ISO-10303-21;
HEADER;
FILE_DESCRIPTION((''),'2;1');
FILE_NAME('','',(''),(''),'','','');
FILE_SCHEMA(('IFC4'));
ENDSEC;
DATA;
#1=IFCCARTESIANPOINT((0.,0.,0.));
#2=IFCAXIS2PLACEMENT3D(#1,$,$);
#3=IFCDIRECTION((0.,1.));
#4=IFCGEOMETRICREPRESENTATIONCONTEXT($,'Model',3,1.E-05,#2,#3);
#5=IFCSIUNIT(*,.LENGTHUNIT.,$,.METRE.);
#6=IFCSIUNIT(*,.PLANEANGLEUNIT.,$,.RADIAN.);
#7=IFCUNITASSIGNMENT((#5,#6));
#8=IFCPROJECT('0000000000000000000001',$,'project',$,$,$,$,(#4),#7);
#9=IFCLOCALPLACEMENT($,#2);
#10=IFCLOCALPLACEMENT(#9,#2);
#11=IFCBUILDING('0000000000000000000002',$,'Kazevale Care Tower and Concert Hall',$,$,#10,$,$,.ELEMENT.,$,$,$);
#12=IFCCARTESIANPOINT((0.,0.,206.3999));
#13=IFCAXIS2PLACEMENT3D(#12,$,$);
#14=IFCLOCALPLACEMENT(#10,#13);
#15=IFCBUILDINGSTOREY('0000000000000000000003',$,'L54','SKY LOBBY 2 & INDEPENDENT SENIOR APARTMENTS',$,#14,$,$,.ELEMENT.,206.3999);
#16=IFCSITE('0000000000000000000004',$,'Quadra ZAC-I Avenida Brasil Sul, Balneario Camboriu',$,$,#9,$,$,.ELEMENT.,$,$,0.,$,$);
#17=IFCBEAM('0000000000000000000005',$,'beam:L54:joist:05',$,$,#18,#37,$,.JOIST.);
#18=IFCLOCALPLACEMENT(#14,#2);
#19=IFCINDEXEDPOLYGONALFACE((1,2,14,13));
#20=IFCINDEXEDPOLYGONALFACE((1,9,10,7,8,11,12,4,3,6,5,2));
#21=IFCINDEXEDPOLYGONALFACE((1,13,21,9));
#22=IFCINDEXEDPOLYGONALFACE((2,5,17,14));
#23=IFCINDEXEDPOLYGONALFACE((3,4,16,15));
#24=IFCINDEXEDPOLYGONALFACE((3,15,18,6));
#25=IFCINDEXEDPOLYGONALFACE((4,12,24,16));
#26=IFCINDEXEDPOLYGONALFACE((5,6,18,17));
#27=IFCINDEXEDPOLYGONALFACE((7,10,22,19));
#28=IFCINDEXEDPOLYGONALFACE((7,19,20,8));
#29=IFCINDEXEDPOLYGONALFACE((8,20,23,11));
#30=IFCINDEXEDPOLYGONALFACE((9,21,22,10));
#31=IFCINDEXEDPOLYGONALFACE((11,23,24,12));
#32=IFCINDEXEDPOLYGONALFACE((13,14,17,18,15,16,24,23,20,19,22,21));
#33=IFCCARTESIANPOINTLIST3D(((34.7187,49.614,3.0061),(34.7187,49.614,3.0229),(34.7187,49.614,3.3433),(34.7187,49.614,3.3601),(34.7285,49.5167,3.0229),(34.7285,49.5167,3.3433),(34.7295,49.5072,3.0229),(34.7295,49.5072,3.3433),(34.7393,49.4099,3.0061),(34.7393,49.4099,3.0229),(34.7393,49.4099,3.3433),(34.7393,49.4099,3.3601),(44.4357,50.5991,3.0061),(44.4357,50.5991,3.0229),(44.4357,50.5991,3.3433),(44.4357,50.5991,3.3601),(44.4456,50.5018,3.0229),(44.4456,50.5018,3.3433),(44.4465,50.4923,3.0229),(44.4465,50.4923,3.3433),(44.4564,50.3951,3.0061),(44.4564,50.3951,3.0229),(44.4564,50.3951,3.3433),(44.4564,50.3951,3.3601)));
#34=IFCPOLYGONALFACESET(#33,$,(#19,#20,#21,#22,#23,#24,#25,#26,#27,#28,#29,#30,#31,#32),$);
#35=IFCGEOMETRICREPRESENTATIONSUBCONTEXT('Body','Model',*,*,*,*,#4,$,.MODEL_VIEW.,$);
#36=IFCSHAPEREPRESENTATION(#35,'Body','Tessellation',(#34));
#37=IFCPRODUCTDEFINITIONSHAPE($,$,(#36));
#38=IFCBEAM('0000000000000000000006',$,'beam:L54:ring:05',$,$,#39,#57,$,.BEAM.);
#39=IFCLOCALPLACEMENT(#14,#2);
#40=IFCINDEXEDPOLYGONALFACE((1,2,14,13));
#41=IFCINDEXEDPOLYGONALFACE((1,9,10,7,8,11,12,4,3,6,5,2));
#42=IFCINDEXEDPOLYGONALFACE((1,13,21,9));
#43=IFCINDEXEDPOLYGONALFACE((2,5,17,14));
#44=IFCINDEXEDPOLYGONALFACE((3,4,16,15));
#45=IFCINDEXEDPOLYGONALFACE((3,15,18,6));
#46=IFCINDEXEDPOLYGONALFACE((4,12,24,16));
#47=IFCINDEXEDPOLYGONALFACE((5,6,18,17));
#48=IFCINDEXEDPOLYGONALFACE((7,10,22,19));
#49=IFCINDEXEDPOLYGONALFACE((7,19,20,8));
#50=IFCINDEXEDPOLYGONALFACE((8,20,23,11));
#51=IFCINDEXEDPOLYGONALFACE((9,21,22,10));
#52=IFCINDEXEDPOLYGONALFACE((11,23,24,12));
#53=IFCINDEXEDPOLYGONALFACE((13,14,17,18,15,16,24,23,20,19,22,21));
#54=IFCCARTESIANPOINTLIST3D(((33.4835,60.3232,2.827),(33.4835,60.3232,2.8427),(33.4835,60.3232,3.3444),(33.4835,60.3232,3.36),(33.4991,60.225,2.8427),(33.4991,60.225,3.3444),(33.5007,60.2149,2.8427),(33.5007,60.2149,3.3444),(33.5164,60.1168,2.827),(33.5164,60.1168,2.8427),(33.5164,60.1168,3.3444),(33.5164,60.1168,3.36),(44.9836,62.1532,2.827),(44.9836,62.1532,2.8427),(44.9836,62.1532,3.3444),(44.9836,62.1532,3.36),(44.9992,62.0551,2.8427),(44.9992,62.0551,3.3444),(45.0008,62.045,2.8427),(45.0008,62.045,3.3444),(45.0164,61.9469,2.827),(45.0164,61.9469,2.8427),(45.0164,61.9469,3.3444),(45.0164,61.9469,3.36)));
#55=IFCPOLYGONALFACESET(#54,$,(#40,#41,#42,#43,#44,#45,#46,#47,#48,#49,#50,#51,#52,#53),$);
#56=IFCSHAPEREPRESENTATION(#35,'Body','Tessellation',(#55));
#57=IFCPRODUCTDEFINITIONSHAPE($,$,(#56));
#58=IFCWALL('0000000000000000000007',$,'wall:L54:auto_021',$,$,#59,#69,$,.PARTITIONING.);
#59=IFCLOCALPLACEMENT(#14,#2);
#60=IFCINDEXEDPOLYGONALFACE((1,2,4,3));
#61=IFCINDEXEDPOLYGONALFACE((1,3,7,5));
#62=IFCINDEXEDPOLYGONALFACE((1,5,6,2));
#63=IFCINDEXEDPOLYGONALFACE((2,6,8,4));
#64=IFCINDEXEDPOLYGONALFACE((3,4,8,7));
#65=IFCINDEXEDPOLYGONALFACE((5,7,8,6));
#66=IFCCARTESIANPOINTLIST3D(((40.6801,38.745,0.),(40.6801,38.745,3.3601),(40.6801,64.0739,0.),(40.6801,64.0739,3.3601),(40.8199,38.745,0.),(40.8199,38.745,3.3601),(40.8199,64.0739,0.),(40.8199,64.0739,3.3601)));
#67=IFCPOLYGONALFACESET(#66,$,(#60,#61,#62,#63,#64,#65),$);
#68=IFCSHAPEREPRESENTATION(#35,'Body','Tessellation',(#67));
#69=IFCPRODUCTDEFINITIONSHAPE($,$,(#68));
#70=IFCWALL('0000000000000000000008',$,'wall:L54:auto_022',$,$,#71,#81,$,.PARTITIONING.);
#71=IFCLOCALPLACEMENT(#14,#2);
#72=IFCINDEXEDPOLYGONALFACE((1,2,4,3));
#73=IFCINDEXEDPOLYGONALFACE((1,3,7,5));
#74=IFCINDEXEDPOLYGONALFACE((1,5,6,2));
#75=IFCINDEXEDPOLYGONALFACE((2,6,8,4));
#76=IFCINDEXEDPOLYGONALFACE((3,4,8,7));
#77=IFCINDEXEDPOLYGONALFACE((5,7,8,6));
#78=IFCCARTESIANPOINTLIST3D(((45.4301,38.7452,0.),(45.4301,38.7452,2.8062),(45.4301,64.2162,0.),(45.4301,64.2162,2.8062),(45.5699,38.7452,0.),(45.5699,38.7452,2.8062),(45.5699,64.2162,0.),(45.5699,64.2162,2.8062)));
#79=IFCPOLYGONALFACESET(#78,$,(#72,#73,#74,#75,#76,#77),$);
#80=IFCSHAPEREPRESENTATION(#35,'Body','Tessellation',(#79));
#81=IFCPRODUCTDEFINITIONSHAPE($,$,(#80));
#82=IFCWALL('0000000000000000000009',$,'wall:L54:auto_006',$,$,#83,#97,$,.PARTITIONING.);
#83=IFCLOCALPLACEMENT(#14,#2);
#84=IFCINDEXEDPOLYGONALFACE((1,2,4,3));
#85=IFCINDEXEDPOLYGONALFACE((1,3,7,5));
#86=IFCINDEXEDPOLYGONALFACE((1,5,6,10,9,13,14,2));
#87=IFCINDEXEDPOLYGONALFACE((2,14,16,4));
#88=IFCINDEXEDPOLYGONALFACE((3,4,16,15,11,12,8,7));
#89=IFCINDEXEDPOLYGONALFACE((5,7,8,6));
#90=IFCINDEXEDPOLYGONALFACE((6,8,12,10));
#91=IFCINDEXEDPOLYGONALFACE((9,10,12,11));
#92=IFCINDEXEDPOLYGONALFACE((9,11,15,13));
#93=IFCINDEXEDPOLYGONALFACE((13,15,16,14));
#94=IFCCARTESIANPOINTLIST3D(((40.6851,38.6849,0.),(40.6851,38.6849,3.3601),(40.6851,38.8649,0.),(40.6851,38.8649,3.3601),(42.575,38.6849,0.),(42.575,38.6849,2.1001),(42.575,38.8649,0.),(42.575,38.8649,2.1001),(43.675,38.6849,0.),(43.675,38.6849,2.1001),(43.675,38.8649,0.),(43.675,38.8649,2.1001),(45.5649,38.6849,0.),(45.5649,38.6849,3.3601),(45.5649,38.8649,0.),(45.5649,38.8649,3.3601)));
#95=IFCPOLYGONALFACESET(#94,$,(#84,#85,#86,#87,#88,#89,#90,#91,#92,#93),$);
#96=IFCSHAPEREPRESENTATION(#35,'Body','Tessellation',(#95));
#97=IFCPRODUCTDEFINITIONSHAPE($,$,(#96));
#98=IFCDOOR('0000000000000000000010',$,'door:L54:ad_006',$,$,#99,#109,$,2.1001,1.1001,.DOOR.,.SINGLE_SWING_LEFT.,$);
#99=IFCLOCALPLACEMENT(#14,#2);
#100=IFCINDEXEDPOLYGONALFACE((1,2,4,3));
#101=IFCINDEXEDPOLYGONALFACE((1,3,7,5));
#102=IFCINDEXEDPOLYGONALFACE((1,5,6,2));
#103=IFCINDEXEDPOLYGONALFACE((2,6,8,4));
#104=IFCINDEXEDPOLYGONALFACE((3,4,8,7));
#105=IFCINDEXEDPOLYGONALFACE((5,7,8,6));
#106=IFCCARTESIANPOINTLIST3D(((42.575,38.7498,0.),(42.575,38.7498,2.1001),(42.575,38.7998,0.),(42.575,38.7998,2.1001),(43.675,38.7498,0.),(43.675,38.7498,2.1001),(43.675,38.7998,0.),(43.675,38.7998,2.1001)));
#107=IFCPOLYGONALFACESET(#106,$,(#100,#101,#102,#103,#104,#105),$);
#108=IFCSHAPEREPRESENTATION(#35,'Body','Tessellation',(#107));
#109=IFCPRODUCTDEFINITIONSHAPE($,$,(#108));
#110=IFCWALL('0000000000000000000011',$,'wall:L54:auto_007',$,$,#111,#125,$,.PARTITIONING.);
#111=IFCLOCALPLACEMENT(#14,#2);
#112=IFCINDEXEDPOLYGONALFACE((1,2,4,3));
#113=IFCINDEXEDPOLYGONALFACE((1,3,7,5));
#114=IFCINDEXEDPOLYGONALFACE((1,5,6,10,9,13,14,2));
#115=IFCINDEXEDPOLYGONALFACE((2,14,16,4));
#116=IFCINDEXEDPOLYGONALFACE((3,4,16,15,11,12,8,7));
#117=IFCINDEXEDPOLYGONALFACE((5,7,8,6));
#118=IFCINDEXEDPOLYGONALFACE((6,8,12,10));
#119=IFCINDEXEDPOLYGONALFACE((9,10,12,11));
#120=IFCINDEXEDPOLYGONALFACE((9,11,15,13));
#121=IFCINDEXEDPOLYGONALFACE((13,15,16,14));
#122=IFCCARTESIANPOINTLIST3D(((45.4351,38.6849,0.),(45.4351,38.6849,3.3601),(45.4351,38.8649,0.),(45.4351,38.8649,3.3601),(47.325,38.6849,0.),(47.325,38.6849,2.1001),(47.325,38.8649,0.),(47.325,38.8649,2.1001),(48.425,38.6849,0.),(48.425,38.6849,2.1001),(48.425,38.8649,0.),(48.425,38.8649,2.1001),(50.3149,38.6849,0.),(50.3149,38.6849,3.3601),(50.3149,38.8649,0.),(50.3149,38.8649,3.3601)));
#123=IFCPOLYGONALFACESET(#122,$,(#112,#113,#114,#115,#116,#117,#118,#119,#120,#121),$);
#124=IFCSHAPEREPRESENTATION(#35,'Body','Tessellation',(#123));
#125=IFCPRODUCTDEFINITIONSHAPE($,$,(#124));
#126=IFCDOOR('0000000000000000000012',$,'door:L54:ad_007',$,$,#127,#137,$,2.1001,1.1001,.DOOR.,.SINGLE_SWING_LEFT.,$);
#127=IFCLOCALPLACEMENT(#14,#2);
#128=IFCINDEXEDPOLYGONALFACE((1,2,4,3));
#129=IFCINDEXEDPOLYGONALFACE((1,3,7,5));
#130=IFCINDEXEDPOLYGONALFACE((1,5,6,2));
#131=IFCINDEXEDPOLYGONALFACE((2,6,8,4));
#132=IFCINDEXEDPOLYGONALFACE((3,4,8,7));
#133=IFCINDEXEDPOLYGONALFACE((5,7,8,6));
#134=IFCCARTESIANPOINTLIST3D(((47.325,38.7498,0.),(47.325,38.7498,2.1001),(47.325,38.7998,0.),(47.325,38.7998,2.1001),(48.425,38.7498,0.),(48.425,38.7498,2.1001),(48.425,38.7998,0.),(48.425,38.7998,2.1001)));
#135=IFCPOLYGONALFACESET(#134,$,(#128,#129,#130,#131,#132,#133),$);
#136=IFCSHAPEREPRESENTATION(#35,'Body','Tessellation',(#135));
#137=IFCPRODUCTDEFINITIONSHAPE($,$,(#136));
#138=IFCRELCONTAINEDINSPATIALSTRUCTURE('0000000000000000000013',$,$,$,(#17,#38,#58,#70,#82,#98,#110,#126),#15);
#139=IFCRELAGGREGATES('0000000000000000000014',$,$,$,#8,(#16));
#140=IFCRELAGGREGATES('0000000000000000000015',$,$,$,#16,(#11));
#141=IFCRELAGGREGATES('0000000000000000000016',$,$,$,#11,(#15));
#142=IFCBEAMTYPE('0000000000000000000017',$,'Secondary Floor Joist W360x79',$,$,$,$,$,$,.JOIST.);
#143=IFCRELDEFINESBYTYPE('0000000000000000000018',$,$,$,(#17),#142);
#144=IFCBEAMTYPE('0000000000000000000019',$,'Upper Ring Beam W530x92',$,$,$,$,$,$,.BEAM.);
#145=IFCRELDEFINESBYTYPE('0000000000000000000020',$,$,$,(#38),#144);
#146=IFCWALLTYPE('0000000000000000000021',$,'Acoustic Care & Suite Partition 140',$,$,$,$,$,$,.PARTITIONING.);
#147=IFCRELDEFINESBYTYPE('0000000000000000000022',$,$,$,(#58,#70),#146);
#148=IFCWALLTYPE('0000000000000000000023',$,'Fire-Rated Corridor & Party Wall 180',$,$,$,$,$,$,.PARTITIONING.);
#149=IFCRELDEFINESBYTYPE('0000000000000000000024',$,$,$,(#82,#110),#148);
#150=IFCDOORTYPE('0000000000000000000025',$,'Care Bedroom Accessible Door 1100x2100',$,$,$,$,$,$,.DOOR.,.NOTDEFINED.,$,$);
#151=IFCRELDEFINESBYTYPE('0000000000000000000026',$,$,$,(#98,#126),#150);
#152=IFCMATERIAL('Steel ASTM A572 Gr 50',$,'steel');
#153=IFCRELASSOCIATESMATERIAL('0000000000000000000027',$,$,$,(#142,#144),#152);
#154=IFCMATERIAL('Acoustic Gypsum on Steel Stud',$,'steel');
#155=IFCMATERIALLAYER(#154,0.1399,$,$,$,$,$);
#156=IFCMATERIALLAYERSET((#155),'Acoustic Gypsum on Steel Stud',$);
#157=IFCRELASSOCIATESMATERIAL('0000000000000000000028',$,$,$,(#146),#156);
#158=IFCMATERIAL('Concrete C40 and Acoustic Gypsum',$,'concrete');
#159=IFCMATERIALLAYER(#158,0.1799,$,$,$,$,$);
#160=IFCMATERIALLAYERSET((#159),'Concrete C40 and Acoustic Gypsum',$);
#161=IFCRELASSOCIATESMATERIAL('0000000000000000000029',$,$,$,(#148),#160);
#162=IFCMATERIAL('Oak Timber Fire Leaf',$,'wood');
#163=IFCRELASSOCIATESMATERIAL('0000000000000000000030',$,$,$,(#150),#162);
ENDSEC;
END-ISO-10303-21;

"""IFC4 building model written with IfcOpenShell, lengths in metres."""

from ifc_helpers import new_model, si_unit, direction, frame, frame_2d, origin, origin_2d, place, context, subcontext, project, spatial, rectangle, i_section, extrude, material, layer, layer_set, material_profile, profile_set, type_object, element, fill, save


model = new_model("IFC4")

# Units and contexts
model_context = context("Model", 3, precision=1e-05, world=origin(), true_north=direction((0.0, 1.0)))
body_context = subcontext(model_context, "Body", "Model", "MODEL_VIEW")
ifc_project = project(units=[si_unit("LENGTHUNIT", "METRE"), si_unit("PLANEANGLEUNIT", "RADIAN")], contexts=[model_context])

# Site, building, storey
site_placement = place(None, origin())
site = spatial("IfcSite", under=ifc_project, at=site_placement, Name="Quadra ZAC-I Avenida Brasil Sul, Balneario Camboriu", CompositionType="ELEMENT", RefElevation=0.0)
building_placement = place(site_placement, origin())
building = spatial("IfcBuilding", under=site, at=building_placement, Name="Kazevale Care Tower and Concert Hall", CompositionType="ELEMENT")
storey_placement = place(building_placement, frame((0.0, 0.0, 206.3999)))
storey = spatial("IfcBuildingStorey", under=building, at=storey_placement, Name="L54", Description="SKY LOBBY 2 & INDEPENDENT SENIOR APARTMENTS", CompositionType="ELEMENT", Elevation=206.3999)

# Beams
ifc_material_1 = material(Name="Steel ASTM A572 Gr 50", Category="steel")
ifc_material_profile_1 = material_profile(ifc_material_1, i_section(OverallWidth=0.2051, OverallDepth=0.354, WebThickness=0.0095, FlangeThickness=0.0168, at=origin_2d()), Name="W360x79")
ifc_profile_set_1 = profile_set([ifc_material_profile_1], Name="Steel ASTM A572 Gr 50")
beam_type_1 = type_object("IfcBeamType", Name="Secondary Floor Joist W360x79", PredefinedType="JOIST", material=ifc_profile_set_1)
beam_1_placement = place(storey_placement, frame((44.446, 50.4971, 3.1831), z_axis=(-0.9949, -0.100862, 0.0), x_axis=(0.100862, -0.9949, 0.0)))
element("IfcBeam", 1, at=beam_1_placement, inside=storey, type_object=beam_type_1, Name="beam:L54:joist:05", PredefinedType="JOIST", context=body_context, shape_type="SweptSolid", body=[
    extrude(i_section(OverallWidth=0.2051, OverallDepth=0.354, WebThickness=0.0095, FlangeThickness=0.0168, at=origin_2d()), origin(), (0.0, 0.0, 1.0), 9.7668),
])
ifc_material_profile_2 = material_profile(ifc_material_1, i_section(OverallWidth=0.209, OverallDepth=0.533, WebThickness=0.0103, FlangeThickness=0.0156, at=origin_2d()), Name="W530x92")
ifc_profile_set_2 = profile_set([ifc_material_profile_2], Name="Steel ASTM A572 Gr 50")
beam_type_2 = type_object("IfcBeamType", Name="Upper Ring Beam W530x92", PredefinedType="BEAM", material=ifc_profile_set_2)
beam_2_placement = place(storey_placement, frame((45.0, 62.05, 3.0935), z_axis=(-0.987573, -0.15716, 0.0), x_axis=(0.15716, -0.987573, 0.0)))
element("IfcBeam", 2, at=beam_2_placement, inside=storey, type_object=beam_type_2, Name="beam:L54:ring:05", PredefinedType="BEAM", context=body_context, shape_type="SweptSolid", body=[
    extrude(i_section(OverallWidth=0.209, OverallDepth=0.533, WebThickness=0.0103, FlangeThickness=0.0156, at=origin_2d()), origin(), (0.0, 0.0, 1.0), 11.6448),
])

# Walls
ifc_material_2 = material(Name="Acoustic Gypsum on Steel Stud", Category="steel")
ifc_layer_1 = layer(ifc_material_2, 0.1399)
ifc_layer_set_1 = layer_set([ifc_layer_1], Name="Acoustic Gypsum on Steel Stud")
wall_type_1 = type_object("IfcWallType", Name="Acoustic Care & Suite Partition 140", PredefinedType="PARTITIONING", material=ifc_layer_set_1)
wall_1_placement = place(storey_placement, frame((40.75, 64.074, 0.0), z_axis=(0.0, 0.0, 1.0), x_axis=(0.0, -1.0, 0.0)))
element("IfcWall", 3, at=wall_1_placement, inside=storey, type_object=wall_type_1, Name="wall:L54:auto_021", PredefinedType="PARTITIONING", context=body_context, shape_type="SweptSolid", body=[
    extrude(rectangle(XDim=25.3289, YDim=0.1399, at=frame_2d((12.6646, 0.0))), origin(), (0.0, 0.0, 1.0), 3.3601),
])
wall_2_placement = place(storey_placement, frame((45.5, 64.2161, 0.0), z_axis=(0.0, 0.0, 1.0), x_axis=(0.0, -1.0, 0.0)))
element("IfcWall", 4, at=wall_2_placement, inside=storey, type_object=wall_type_1, Name="wall:L54:auto_022", PredefinedType="PARTITIONING", context=body_context, shape_type="SweptSolid", body=[
    extrude(rectangle(XDim=25.4709, YDim=0.1399, at=frame_2d((12.7354, 0.0))), origin(), (0.0, 0.0, 1.0), 2.8062),
])

# Walls, openings, doors
ifc_material_3 = material(Name="Concrete C40 and Acoustic Gypsum", Category="concrete")
ifc_layer_2 = layer(ifc_material_3, 0.1799)
ifc_layer_set_2 = layer_set([ifc_layer_2], Name="Concrete C40 and Acoustic Gypsum")
wall_type_2 = type_object("IfcWallType", Name="Fire-Rated Corridor & Party Wall 180", PredefinedType="PARTITIONING", material=ifc_layer_set_2)
wall_3_placement = place(storey_placement, frame((40.6851, 38.7749, 0.0), z_axis=(0.0, 0.0, 1.0), x_axis=(1.0, 0.0, 0.0)))
wall_3 = element("IfcWall", 5, at=wall_3_placement, inside=storey, type_object=wall_type_2, Name="wall:L54:auto_006", PredefinedType="PARTITIONING", context=body_context, shape_type="SweptSolid", body=[
    extrude(rectangle(XDim=4.8799, YDim=0.1799, at=frame_2d((2.4399, 0.0))), origin(), (0.0, 0.0, 1.0), 3.3601),
])
opening_1_placement = place(wall_3_placement, frame((1.8899, 0.0, 0.0)))
opening_1 = element("IfcOpeningElement", 6, at=opening_1_placement, cuts=wall_3, PredefinedType="OPENING", context=body_context, shape_type="SweptSolid", body=[
    extrude(rectangle(XDim=1.1001, YDim=2.1001, at=frame_2d((0.55, 1.05))), frame((0.0, 0.0999, 0.0), z_axis=(0.0, -1.0, 0.0), x_axis=(1.0, 0.0, 0.0)), (0.0, 0.0, 1.0), 0.2),
])
ifc_material_4 = material(Name="Oak Timber Fire Leaf", Category="wood")
door_type = type_object("IfcDoorType", Name="Care Bedroom Accessible Door 1100x2100", OperationType="NOTDEFINED", PredefinedType="DOOR", material=ifc_material_4)
door_1_placement = place(opening_1_placement, origin())
door_1 = element("IfcDoor", 7, at=door_1_placement, inside=storey, type_object=door_type, Name="door:L54:ad_006", OperationType="SINGLE_SWING_LEFT", OverallHeight=2.1001, OverallWidth=1.1001, PredefinedType="DOOR", context=body_context, shape_type="SweptSolid", body=[
    extrude(rectangle(XDim=1.1001, YDim=2.1001, at=frame_2d((0.55, 1.05))), frame((0.0, 0.0249, 0.0), z_axis=(0.0, -1.0, 0.0), x_axis=(1.0, 0.0, 0.0)), (0.0, 0.0, 1.0), 0.05),
])
fill(opening_1, door_1)
wall_4_placement = place(storey_placement, frame((45.4351, 38.7749, 0.0), z_axis=(0.0, 0.0, 1.0), x_axis=(1.0, 0.0, 0.0)))
wall_4 = element("IfcWall", 8, at=wall_4_placement, inside=storey, type_object=wall_type_2, Name="wall:L54:auto_007", PredefinedType="PARTITIONING", context=body_context, shape_type="SweptSolid", body=[
    extrude(rectangle(XDim=4.8799, YDim=0.1799, at=frame_2d((2.4399, 0.0))), origin(), (0.0, 0.0, 1.0), 3.3601),
])
opening_2_placement = place(wall_4_placement, frame((1.8899, 0.0, 0.0)))
opening_2 = element("IfcOpeningElement", 9, at=opening_2_placement, cuts=wall_4, PredefinedType="OPENING", context=body_context, shape_type="SweptSolid", body=[
    extrude(rectangle(XDim=1.1001, YDim=2.1001, at=frame_2d((0.55, 1.05))), frame((0.0, 0.0999, 0.0), z_axis=(0.0, -1.0, 0.0), x_axis=(1.0, 0.0, 0.0)), (0.0, 0.0, 1.0), 0.2),
])
door_2_placement = place(opening_2_placement, origin())
door_2 = element("IfcDoor", 10, at=door_2_placement, inside=storey, type_object=door_type, Name="door:L54:ad_007", OperationType="SINGLE_SWING_LEFT", OverallHeight=2.1001, OverallWidth=1.1001, PredefinedType="DOOR", context=body_context, shape_type="SweptSolid", body=[
    extrude(rectangle(XDim=1.1001, YDim=2.1001, at=frame_2d((0.55, 1.05))), frame((0.0, 0.0249, 0.0), z_axis=(0.0, -1.0, 0.0), x_axis=(1.0, 0.0, 0.0)), (0.0, 0.0, 1.0), 0.05),
])
fill(opening_2, door_2)

save(model, "model.ifc")
